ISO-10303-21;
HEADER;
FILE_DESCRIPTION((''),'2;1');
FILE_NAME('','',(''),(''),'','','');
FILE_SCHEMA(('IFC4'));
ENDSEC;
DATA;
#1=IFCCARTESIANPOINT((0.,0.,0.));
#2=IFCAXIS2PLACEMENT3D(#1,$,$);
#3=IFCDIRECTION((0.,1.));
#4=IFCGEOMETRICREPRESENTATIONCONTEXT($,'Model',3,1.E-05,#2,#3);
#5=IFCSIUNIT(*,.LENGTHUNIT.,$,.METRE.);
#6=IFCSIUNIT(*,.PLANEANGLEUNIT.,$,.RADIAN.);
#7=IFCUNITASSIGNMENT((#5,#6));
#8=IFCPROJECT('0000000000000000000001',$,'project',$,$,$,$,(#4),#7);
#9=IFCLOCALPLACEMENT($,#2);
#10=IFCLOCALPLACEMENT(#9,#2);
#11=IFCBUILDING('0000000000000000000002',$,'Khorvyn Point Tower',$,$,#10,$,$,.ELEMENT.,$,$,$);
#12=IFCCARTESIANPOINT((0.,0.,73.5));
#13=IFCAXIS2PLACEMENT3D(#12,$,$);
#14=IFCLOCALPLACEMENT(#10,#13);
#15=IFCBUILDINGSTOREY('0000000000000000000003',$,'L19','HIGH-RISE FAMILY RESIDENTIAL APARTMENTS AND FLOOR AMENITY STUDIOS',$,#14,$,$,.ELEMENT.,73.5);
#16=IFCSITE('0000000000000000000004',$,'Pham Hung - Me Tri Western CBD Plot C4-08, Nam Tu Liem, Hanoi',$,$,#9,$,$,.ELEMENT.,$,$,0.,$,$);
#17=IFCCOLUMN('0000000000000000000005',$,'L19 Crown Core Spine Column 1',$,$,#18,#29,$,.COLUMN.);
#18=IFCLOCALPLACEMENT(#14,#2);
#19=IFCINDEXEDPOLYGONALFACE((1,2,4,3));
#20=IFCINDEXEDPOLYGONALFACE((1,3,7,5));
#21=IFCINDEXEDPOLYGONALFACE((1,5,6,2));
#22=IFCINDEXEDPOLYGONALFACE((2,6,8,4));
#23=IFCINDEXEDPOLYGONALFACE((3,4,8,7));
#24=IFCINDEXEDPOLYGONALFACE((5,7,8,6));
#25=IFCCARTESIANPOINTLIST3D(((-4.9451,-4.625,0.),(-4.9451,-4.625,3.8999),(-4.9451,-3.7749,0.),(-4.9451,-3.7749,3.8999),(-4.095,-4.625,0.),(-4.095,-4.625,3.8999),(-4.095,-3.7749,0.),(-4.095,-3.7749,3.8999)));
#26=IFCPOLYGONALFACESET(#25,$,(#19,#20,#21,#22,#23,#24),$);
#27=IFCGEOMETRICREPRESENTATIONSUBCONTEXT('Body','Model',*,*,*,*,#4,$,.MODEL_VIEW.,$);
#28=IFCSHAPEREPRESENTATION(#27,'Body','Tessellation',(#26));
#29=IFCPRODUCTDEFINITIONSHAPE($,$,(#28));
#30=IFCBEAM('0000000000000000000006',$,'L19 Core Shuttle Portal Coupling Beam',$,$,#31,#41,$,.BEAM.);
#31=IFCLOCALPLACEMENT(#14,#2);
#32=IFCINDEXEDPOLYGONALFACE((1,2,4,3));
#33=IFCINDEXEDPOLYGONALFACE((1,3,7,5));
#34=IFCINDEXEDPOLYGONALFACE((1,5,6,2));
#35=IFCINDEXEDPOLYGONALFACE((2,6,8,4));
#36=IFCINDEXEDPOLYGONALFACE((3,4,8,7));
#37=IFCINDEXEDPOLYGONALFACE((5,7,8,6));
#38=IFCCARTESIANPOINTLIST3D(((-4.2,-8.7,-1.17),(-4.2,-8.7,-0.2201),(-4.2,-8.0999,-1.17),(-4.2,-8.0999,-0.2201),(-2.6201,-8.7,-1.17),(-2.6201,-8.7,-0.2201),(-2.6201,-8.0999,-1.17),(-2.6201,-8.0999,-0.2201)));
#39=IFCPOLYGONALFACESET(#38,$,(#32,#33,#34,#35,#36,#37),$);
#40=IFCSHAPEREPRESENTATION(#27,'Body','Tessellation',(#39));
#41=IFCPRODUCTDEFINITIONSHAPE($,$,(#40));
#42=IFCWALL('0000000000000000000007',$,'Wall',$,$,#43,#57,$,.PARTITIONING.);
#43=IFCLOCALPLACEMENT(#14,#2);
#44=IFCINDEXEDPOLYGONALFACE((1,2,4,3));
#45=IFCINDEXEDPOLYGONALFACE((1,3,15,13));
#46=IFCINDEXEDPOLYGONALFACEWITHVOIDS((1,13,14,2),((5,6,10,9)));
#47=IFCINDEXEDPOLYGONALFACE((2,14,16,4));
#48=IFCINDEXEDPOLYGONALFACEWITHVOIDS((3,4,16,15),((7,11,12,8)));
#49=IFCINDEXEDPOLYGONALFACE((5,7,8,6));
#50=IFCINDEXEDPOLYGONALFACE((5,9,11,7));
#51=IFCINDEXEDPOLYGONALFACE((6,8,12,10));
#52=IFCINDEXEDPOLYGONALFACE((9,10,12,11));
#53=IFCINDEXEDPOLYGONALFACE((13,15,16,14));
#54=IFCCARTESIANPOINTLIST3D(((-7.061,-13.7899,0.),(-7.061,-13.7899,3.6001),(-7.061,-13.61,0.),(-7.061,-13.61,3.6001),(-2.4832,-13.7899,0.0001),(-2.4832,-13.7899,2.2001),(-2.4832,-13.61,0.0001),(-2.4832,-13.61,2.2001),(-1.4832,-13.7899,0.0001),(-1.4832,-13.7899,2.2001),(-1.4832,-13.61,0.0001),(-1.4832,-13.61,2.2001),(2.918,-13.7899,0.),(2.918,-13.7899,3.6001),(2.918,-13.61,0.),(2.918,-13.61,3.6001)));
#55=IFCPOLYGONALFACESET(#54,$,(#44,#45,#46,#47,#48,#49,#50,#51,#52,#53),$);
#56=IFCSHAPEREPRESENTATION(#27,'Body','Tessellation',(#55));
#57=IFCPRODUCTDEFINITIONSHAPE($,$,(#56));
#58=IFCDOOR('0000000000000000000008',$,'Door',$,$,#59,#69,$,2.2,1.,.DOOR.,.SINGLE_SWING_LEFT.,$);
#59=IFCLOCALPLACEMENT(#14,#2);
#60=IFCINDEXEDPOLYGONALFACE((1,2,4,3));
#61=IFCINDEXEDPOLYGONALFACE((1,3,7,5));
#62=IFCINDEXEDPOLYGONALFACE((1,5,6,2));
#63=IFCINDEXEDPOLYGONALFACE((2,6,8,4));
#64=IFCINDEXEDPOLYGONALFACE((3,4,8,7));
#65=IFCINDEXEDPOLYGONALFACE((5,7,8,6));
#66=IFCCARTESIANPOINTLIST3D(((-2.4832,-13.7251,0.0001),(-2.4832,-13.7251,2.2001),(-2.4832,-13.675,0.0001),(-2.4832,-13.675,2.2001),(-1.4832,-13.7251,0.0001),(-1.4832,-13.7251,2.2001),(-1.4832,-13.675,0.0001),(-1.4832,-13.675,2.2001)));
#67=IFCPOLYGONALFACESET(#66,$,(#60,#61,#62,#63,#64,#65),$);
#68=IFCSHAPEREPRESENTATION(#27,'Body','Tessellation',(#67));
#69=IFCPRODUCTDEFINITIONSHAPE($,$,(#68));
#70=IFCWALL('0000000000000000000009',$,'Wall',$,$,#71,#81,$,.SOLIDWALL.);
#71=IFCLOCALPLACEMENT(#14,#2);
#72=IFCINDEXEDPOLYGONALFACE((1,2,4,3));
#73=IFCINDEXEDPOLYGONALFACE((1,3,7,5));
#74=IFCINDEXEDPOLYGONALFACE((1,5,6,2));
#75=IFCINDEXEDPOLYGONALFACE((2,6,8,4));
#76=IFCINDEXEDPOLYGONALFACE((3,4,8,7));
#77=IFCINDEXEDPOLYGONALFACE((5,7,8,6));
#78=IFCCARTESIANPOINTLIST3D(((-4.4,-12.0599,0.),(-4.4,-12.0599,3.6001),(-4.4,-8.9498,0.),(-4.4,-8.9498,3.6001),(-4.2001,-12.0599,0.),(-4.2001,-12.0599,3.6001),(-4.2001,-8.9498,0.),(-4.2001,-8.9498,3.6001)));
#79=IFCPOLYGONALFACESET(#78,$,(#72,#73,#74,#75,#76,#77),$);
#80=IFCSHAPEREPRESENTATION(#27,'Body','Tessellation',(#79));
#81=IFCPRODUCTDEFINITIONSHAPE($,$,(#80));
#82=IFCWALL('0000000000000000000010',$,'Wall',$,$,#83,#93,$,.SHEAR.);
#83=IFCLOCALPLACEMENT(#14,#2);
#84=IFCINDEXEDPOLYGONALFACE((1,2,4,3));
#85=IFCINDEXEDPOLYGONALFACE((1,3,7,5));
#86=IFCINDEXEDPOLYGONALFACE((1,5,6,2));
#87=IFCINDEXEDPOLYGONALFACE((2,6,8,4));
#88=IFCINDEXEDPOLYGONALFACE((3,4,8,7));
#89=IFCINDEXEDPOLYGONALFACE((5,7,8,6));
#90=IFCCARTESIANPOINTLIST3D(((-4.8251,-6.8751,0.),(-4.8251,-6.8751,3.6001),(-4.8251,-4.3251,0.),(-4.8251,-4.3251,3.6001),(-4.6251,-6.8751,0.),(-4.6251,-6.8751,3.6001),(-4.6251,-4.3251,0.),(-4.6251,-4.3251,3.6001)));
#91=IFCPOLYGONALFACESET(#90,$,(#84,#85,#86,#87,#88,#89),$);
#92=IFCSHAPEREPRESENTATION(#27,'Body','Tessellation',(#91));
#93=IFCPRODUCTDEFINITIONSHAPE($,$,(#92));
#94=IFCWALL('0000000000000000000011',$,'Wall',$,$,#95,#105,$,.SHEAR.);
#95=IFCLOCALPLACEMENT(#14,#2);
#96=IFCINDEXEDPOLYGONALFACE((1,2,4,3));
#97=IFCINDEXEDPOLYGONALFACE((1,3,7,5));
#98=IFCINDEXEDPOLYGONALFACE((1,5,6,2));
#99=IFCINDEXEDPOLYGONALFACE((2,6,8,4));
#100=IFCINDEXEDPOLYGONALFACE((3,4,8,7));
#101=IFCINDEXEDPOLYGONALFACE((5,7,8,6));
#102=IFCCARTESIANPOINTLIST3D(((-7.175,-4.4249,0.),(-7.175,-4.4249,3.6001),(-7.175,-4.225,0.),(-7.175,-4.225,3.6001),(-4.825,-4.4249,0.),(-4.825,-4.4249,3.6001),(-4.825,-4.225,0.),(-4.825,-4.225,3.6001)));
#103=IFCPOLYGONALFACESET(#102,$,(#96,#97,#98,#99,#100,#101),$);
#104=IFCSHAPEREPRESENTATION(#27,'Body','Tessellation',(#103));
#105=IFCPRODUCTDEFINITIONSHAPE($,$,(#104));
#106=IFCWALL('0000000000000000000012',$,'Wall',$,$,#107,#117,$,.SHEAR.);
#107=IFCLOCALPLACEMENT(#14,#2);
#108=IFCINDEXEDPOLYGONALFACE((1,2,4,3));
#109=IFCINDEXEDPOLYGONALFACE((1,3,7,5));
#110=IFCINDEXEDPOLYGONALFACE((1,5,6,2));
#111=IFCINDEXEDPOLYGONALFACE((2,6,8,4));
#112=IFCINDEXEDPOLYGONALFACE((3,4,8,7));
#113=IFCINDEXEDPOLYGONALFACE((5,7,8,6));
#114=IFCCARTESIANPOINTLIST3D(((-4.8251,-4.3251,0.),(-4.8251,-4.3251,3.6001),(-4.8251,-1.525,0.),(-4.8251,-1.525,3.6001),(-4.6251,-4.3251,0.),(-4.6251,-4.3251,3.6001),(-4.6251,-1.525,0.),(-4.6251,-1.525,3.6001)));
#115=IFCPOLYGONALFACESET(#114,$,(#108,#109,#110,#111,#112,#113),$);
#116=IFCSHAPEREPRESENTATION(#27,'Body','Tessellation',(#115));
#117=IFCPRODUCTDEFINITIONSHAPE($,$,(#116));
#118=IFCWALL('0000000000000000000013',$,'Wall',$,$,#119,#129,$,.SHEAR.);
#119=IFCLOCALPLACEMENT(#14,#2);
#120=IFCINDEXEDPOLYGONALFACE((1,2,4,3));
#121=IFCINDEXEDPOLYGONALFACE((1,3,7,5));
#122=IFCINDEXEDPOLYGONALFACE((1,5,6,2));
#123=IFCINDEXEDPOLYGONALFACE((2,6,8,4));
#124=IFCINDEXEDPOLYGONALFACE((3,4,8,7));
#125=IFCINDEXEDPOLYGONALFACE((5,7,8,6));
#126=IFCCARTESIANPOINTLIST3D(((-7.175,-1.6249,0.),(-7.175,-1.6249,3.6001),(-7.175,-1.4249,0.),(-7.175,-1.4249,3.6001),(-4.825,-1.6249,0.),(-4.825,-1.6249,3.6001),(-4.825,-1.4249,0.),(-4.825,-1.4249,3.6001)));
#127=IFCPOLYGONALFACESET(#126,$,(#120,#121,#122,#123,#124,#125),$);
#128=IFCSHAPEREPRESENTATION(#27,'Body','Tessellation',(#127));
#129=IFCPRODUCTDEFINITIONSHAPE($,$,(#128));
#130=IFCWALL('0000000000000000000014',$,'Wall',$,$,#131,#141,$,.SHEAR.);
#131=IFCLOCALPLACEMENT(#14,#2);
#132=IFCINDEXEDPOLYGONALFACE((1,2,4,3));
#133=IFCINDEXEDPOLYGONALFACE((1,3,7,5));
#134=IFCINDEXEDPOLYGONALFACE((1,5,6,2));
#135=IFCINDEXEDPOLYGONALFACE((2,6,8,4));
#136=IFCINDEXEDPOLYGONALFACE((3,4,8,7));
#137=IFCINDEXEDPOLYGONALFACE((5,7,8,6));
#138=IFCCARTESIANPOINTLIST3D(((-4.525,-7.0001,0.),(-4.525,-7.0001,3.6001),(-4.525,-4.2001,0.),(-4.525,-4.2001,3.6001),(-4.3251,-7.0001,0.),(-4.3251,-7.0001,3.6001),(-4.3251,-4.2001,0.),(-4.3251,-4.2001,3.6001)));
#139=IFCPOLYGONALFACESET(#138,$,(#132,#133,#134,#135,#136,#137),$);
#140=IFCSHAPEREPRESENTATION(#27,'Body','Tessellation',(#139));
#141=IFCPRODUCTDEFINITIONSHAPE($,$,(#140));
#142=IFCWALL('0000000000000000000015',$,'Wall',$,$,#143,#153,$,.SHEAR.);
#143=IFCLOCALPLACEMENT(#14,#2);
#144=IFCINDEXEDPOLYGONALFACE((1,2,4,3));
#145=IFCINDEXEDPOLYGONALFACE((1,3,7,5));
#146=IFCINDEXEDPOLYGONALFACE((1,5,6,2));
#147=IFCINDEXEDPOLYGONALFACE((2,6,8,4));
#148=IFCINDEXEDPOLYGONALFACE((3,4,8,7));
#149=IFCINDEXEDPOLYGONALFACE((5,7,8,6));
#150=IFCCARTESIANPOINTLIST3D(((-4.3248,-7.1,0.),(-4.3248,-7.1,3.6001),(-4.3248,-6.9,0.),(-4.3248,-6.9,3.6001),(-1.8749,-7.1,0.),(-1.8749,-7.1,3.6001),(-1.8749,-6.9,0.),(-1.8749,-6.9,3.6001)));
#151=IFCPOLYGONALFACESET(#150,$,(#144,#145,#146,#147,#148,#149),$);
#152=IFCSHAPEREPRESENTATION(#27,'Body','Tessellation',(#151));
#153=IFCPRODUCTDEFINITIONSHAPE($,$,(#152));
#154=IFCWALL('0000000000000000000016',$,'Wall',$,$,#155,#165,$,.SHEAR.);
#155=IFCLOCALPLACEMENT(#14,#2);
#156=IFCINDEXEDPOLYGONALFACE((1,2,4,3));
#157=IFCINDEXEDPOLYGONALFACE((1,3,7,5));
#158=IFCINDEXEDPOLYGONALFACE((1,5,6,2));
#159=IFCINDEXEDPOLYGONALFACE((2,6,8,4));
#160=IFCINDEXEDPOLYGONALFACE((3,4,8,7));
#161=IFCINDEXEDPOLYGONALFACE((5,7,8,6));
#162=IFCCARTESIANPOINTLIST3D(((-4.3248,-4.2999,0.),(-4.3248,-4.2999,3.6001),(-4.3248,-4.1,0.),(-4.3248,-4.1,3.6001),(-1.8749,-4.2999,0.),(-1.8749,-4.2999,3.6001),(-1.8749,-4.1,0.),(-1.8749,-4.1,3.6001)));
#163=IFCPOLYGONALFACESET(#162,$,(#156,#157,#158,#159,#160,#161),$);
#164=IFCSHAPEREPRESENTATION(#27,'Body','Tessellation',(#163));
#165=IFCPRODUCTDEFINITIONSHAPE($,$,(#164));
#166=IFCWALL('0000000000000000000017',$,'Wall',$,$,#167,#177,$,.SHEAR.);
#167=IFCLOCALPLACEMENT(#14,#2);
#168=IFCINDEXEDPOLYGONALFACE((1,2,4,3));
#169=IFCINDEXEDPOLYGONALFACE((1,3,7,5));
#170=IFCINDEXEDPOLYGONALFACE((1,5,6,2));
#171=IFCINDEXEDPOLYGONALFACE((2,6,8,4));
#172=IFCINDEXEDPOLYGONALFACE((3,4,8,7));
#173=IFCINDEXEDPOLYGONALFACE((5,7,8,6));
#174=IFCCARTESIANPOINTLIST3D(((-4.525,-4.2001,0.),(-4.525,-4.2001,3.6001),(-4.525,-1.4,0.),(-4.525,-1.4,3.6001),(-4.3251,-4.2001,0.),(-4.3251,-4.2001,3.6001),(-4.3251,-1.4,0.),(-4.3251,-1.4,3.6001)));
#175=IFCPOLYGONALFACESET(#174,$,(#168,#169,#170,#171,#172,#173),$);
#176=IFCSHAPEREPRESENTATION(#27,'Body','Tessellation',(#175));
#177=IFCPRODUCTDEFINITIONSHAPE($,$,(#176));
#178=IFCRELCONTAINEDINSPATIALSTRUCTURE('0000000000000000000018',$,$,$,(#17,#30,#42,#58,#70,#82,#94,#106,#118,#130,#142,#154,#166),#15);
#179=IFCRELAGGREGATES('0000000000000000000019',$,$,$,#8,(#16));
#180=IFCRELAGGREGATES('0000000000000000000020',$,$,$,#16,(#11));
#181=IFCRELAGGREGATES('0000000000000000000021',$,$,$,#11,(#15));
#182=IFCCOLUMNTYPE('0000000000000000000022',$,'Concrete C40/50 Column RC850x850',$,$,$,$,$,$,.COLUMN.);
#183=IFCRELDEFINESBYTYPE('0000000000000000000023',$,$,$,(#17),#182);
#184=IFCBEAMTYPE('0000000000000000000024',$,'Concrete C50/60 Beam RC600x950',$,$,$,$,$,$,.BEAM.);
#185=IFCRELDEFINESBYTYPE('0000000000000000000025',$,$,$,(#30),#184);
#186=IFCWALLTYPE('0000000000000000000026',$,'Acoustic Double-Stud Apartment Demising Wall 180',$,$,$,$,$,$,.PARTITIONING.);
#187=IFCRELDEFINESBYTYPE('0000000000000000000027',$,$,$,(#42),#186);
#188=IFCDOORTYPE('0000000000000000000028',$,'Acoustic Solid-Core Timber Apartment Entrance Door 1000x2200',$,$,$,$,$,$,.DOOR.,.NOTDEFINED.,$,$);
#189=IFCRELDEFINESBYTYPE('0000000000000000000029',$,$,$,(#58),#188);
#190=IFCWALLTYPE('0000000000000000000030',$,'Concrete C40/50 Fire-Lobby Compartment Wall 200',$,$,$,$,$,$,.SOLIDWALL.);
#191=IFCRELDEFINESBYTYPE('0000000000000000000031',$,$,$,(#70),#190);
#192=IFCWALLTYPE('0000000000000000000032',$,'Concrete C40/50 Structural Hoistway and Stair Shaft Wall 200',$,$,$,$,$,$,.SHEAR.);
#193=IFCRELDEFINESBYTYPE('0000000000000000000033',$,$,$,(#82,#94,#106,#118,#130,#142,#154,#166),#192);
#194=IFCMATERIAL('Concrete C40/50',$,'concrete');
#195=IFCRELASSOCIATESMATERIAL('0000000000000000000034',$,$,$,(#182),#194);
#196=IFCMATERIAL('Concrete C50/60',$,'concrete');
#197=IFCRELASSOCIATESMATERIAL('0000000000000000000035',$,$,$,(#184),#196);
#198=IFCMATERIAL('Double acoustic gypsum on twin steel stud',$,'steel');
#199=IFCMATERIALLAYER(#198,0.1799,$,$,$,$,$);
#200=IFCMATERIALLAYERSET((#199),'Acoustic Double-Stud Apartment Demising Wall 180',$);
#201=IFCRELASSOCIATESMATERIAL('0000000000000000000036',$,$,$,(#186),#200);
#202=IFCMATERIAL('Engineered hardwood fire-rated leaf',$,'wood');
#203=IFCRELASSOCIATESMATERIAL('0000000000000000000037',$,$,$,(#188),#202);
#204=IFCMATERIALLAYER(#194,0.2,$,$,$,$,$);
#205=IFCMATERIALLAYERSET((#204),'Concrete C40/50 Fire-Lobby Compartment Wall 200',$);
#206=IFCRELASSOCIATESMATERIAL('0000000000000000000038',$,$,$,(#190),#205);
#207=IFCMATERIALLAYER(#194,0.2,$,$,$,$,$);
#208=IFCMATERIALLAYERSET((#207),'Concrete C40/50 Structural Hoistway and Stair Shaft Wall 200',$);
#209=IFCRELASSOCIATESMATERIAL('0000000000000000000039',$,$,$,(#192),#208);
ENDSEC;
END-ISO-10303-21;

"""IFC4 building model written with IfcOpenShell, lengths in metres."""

from ifc_helpers import new_model, si_unit, direction, frame, frame_2d, origin, origin_2d, place, context, subcontext, project, spatial, rectangle, extrude, material, layer, layer_set, material_profile, profile_set, type_object, element, fill, save


model = new_model("IFC4")

# Units and contexts
model_context = context("Model", 3, precision=1e-05, world=origin(), true_north=direction((0.0, 1.0)))
body_context = subcontext(model_context, "Body", "Model", "MODEL_VIEW")
ifc_project = project(units=[si_unit("LENGTHUNIT", "METRE"), si_unit("PLANEANGLEUNIT", "RADIAN")], contexts=[model_context])

# Site, building, storey
site_placement = place(None, origin())
site = spatial("IfcSite", under=ifc_project, at=site_placement, Name="Pham Hung - Me Tri Western CBD Plot C4-08, Nam Tu Liem, Hanoi", CompositionType="ELEMENT", RefElevation=0.0)
building_placement = place(site_placement, origin())
building = spatial("IfcBuilding", under=site, at=building_placement, Name="Khorvyn Point Tower", CompositionType="ELEMENT")
storey_placement = place(building_placement, frame((0.0, 0.0, 73.5)))
storey = spatial("IfcBuildingStorey", under=building, at=storey_placement, Name="L19", Description="HIGH-RISE FAMILY RESIDENTIAL APARTMENTS AND FLOOR AMENITY STUDIOS", CompositionType="ELEMENT", Elevation=73.5)

# Column
ifc_material_1 = material(Name="Concrete C40/50", Category="concrete")
ifc_material_profile_1 = material_profile(ifc_material_1, rectangle(XDim=0.8501, YDim=0.8501, at=origin_2d()))
ifc_profile_set_1 = profile_set([ifc_material_profile_1], Name="Concrete C40/50 RC850x850")
column_type = type_object("IfcColumnType", Name="Concrete C40/50 Column RC850x850", PredefinedType="COLUMN", material=ifc_profile_set_1)
column_placement = place(storey_placement, frame((-4.52, -4.2, 0.0), z_axis=(0.0, 0.0, 1.0), x_axis=(1.0, 0.0, 0.0)))
element("IfcColumn", 1, at=column_placement, inside=storey, type_object=column_type, Name="L19 Crown Core Spine Column 1", PredefinedType="COLUMN", context=body_context, shape_type="SweptSolid", body=[
    extrude(rectangle(XDim=0.8501, YDim=0.8501, at=origin_2d()), origin(), (0.0, 0.0, 1.0), 3.8999),
])

# Beam
ifc_material_2 = material(Name="Concrete C50/60", Category="concrete")
ifc_material_profile_2 = material_profile(ifc_material_2, rectangle(XDim=0.6001, YDim=0.95, at=origin_2d()))
ifc_profile_set_2 = profile_set([ifc_material_profile_2], Name="Concrete C50/60 RC600x950")
beam_type = type_object("IfcBeamType", Name="Concrete C50/60 Beam RC600x950", PredefinedType="BEAM", material=ifc_profile_set_2)
beam_placement = place(storey_placement, frame((-4.2, -8.3999, -0.6951), z_axis=(1.0, 0.0, 0.0), x_axis=(0.0, 1.0, 0.0)))
element("IfcBeam", 2, at=beam_placement, inside=storey, type_object=beam_type, Name="L19 Core Shuttle Portal Coupling Beam", PredefinedType="BEAM", context=body_context, shape_type="SweptSolid", body=[
    extrude(rectangle(XDim=0.6001, YDim=0.95, at=origin_2d()), origin(), (0.0, 0.0, 1.0), 1.5798),
])

# Wall, opening, door
ifc_material_3 = material(Name="Double acoustic gypsum on twin steel stud", Category="steel")
ifc_layer_1 = layer(ifc_material_3, 0.1799)
ifc_layer_set_1 = layer_set([ifc_layer_1], Name="Acoustic Double-Stud Apartment Demising Wall 180")
wall_type_1 = type_object("IfcWallType", Name="Acoustic Double-Stud Apartment Demising Wall 180", PredefinedType="PARTITIONING", material=ifc_layer_set_1)
wall_1_placement = place(storey_placement, frame((-7.061, -13.7, 0.0), z_axis=(0.0, 0.0, 1.0), x_axis=(1.0, 0.0, 0.0)))
wall_1 = element("IfcWall", 3, at=wall_1_placement, inside=storey, type_object=wall_type_1, Name="Wall", PredefinedType="PARTITIONING", context=body_context, shape_type="SweptSolid", body=[
    extrude(rectangle(XDim=9.979, YDim=0.1799, at=frame_2d((4.9895, 0.0))), origin(), (0.0, 0.0, 1.0), 3.6001),
])
opening_1_placement = place(wall_1_placement, frame((4.5779, 0.0, 0.0)))
opening_1 = element("IfcOpeningElement", 4, at=opening_1_placement, cuts=wall_1, PredefinedType="OPENING", context=body_context, shape_type="SweptSolid", body=[
    extrude(rectangle(XDim=1.0, YDim=2.2, at=frame_2d((0.5, 1.1001))), frame((0.0, 0.0999, 0.0), z_axis=(0.0, -1.0, 0.0), x_axis=(1.0, 0.0, 0.0)), (0.0, 0.0, 1.0), 0.2),
])
ifc_material_4 = material(Name="Engineered hardwood fire-rated leaf", Category="wood")
door_type_1 = type_object("IfcDoorType", Name="Acoustic Solid-Core Timber Apartment Entrance Door 1000x2200", OperationType="NOTDEFINED", PredefinedType="DOOR", material=ifc_material_4)
door_1_placement = place(opening_1_placement, origin())
door_1 = element("IfcDoor", 5, at=door_1_placement, inside=storey, type_object=door_type_1, Name="Door", OperationType="SINGLE_SWING_LEFT", OverallHeight=2.2, OverallWidth=1.0, PredefinedType="DOOR", context=body_context, shape_type="SweptSolid", body=[
    extrude(rectangle(XDim=1.0, YDim=2.2, at=frame_2d((0.5, 1.1001))), frame((0.0, 0.0249, 0.0), z_axis=(0.0, -1.0, 0.0), x_axis=(1.0, 0.0, 0.0)), (0.0, 0.0, 1.0), 0.05),
])
fill(opening_1, door_1)
ifc_layer_2 = layer(ifc_material_1, 0.2)
ifc_layer_set_2 = layer_set([ifc_layer_2], Name="Concrete C40/50 Fire-Lobby Compartment Wall 200")
wall_type_2 = type_object("IfcWallType", Name="Concrete C40/50 Fire-Lobby Compartment Wall 200", PredefinedType="SOLIDWALL", material=ifc_layer_set_2)

# Walls
wall_2_placement = place(storey_placement, frame((-4.3, -12.0601, 0.0), z_axis=(0.0, 0.0, 1.0), x_axis=(0.0, 1.0, 0.0)))
element("IfcWall", 6, at=wall_2_placement, inside=storey, type_object=wall_type_2, Name="Wall", PredefinedType="SOLIDWALL", context=body_context, shape_type="SweptSolid", body=[
    extrude(rectangle(XDim=3.1101, YDim=0.2, at=frame_2d((1.5552, 0.0))), origin(), (0.0, 0.0, 1.0), 3.6001),
])
ifc_layer_3 = layer(ifc_material_1, 0.2)
ifc_layer_set_3 = layer_set([ifc_layer_3], Name="Concrete C40/50 Structural Hoistway and Stair Shaft Wall 200")
wall_type_3 = type_object("IfcWallType", Name="Concrete C40/50 Structural Hoistway and Stair Shaft Wall 200", PredefinedType="SHEAR", material=ifc_layer_set_3)
wall_3_placement = place(storey_placement, frame((-4.7251, -6.875, 0.0), z_axis=(0.0, 0.0, 1.0), x_axis=(0.0, 1.0, 0.0)))
element("IfcWall", 7, at=wall_3_placement, inside=storey, type_object=wall_type_3, Name="Wall", PredefinedType="SHEAR", context=body_context, shape_type="SweptSolid", body=[
    extrude(rectangle(XDim=2.55, YDim=0.2, at=frame_2d((1.2749, 0.0))), origin(), (0.0, 0.0, 1.0), 3.6001),
])
wall_4_placement = place(storey_placement, frame((-7.175, -4.325, 0.0), z_axis=(0.0, 0.0, 1.0), x_axis=(1.0, 0.0, 0.0)))
element("IfcWall", 8, at=wall_4_placement, inside=storey, type_object=wall_type_3, Name="Wall", PredefinedType="SHEAR", context=body_context, shape_type="SweptSolid", body=[
    extrude(rectangle(XDim=2.3501, YDim=0.2, at=frame_2d((1.175, 0.0))), origin(), (0.0, 0.0, 1.0), 3.6001),
])
wall_5_placement = place(storey_placement, frame((-4.7251, -4.325, 0.0), z_axis=(0.0, 0.0, 1.0), x_axis=(0.0, 1.0, 0.0)))
element("IfcWall", 9, at=wall_5_placement, inside=storey, type_object=wall_type_3, Name="Wall", PredefinedType="SHEAR", context=body_context, shape_type="SweptSolid", body=[
    extrude(rectangle(XDim=2.8, YDim=0.2, at=frame_2d((1.3999, 0.0))), origin(), (0.0, 0.0, 1.0), 3.6001),
])
wall_6_placement = place(storey_placement, frame((-7.175, -1.5249, 0.0), z_axis=(0.0, 0.0, 1.0), x_axis=(1.0, 0.0, 0.0)))
element("IfcWall", 10, at=wall_6_placement, inside=storey, type_object=wall_type_3, Name="Wall", PredefinedType="SHEAR", context=body_context, shape_type="SweptSolid", body=[
    extrude(rectangle(XDim=2.3501, YDim=0.2, at=frame_2d((1.175, 0.0))), origin(), (0.0, 0.0, 1.0), 3.6001),
])
wall_7_placement = place(storey_placement, frame((-4.425, -7.0, 0.0), z_axis=(0.0, 0.0, 1.0), x_axis=(0.0, 1.0, 0.0)))
element("IfcWall", 11, at=wall_7_placement, inside=storey, type_object=wall_type_3, Name="Wall", PredefinedType="SHEAR", context=body_context, shape_type="SweptSolid", body=[
    extrude(rectangle(XDim=2.8, YDim=0.2, at=frame_2d((1.3999, 0.0))), origin(), (0.0, 0.0, 1.0), 3.6001),
])
for number, where, z_axis, x_axis, name in (
    (12, (-4.325, -7.0, 0.0), (0.0, 0.0, 1.0), (1.0, 0.0, 0.0), "Wall"),
    (13, (-4.325, -4.2, 0.0), (0.0, 0.0, 1.0), (1.0, 0.0, 0.0), "Wall"),
):
    element("IfcWall", number, at=place(storey_placement, frame(where, z_axis=z_axis, x_axis=x_axis)), inside=storey, type_object=wall_type_3, Name=name, PredefinedType="SHEAR", context=body_context, shape_type="SweptSolid", body=[
        extrude(rectangle(XDim=2.45, YDim=0.2, at=frame_2d((1.2251, 0.0))), origin(), (0.0, 0.0, 1.0), 3.6001),
    ])
wall_8_placement = place(storey_placement, frame((-4.425, -4.2, 0.0), z_axis=(0.0, 0.0, 1.0), x_axis=(0.0, 1.0, 0.0)))
element("IfcWall", 14, at=wall_8_placement, inside=storey, type_object=wall_type_3, Name="Wall", PredefinedType="SHEAR", context=body_context, shape_type="SweptSolid", body=[
    extrude(rectangle(XDim=2.8, YDim=0.2, at=frame_2d((1.3999, 0.0))), origin(), (0.0, 0.0, 1.0), 3.6001),
])

save(model, "model.ifc")
